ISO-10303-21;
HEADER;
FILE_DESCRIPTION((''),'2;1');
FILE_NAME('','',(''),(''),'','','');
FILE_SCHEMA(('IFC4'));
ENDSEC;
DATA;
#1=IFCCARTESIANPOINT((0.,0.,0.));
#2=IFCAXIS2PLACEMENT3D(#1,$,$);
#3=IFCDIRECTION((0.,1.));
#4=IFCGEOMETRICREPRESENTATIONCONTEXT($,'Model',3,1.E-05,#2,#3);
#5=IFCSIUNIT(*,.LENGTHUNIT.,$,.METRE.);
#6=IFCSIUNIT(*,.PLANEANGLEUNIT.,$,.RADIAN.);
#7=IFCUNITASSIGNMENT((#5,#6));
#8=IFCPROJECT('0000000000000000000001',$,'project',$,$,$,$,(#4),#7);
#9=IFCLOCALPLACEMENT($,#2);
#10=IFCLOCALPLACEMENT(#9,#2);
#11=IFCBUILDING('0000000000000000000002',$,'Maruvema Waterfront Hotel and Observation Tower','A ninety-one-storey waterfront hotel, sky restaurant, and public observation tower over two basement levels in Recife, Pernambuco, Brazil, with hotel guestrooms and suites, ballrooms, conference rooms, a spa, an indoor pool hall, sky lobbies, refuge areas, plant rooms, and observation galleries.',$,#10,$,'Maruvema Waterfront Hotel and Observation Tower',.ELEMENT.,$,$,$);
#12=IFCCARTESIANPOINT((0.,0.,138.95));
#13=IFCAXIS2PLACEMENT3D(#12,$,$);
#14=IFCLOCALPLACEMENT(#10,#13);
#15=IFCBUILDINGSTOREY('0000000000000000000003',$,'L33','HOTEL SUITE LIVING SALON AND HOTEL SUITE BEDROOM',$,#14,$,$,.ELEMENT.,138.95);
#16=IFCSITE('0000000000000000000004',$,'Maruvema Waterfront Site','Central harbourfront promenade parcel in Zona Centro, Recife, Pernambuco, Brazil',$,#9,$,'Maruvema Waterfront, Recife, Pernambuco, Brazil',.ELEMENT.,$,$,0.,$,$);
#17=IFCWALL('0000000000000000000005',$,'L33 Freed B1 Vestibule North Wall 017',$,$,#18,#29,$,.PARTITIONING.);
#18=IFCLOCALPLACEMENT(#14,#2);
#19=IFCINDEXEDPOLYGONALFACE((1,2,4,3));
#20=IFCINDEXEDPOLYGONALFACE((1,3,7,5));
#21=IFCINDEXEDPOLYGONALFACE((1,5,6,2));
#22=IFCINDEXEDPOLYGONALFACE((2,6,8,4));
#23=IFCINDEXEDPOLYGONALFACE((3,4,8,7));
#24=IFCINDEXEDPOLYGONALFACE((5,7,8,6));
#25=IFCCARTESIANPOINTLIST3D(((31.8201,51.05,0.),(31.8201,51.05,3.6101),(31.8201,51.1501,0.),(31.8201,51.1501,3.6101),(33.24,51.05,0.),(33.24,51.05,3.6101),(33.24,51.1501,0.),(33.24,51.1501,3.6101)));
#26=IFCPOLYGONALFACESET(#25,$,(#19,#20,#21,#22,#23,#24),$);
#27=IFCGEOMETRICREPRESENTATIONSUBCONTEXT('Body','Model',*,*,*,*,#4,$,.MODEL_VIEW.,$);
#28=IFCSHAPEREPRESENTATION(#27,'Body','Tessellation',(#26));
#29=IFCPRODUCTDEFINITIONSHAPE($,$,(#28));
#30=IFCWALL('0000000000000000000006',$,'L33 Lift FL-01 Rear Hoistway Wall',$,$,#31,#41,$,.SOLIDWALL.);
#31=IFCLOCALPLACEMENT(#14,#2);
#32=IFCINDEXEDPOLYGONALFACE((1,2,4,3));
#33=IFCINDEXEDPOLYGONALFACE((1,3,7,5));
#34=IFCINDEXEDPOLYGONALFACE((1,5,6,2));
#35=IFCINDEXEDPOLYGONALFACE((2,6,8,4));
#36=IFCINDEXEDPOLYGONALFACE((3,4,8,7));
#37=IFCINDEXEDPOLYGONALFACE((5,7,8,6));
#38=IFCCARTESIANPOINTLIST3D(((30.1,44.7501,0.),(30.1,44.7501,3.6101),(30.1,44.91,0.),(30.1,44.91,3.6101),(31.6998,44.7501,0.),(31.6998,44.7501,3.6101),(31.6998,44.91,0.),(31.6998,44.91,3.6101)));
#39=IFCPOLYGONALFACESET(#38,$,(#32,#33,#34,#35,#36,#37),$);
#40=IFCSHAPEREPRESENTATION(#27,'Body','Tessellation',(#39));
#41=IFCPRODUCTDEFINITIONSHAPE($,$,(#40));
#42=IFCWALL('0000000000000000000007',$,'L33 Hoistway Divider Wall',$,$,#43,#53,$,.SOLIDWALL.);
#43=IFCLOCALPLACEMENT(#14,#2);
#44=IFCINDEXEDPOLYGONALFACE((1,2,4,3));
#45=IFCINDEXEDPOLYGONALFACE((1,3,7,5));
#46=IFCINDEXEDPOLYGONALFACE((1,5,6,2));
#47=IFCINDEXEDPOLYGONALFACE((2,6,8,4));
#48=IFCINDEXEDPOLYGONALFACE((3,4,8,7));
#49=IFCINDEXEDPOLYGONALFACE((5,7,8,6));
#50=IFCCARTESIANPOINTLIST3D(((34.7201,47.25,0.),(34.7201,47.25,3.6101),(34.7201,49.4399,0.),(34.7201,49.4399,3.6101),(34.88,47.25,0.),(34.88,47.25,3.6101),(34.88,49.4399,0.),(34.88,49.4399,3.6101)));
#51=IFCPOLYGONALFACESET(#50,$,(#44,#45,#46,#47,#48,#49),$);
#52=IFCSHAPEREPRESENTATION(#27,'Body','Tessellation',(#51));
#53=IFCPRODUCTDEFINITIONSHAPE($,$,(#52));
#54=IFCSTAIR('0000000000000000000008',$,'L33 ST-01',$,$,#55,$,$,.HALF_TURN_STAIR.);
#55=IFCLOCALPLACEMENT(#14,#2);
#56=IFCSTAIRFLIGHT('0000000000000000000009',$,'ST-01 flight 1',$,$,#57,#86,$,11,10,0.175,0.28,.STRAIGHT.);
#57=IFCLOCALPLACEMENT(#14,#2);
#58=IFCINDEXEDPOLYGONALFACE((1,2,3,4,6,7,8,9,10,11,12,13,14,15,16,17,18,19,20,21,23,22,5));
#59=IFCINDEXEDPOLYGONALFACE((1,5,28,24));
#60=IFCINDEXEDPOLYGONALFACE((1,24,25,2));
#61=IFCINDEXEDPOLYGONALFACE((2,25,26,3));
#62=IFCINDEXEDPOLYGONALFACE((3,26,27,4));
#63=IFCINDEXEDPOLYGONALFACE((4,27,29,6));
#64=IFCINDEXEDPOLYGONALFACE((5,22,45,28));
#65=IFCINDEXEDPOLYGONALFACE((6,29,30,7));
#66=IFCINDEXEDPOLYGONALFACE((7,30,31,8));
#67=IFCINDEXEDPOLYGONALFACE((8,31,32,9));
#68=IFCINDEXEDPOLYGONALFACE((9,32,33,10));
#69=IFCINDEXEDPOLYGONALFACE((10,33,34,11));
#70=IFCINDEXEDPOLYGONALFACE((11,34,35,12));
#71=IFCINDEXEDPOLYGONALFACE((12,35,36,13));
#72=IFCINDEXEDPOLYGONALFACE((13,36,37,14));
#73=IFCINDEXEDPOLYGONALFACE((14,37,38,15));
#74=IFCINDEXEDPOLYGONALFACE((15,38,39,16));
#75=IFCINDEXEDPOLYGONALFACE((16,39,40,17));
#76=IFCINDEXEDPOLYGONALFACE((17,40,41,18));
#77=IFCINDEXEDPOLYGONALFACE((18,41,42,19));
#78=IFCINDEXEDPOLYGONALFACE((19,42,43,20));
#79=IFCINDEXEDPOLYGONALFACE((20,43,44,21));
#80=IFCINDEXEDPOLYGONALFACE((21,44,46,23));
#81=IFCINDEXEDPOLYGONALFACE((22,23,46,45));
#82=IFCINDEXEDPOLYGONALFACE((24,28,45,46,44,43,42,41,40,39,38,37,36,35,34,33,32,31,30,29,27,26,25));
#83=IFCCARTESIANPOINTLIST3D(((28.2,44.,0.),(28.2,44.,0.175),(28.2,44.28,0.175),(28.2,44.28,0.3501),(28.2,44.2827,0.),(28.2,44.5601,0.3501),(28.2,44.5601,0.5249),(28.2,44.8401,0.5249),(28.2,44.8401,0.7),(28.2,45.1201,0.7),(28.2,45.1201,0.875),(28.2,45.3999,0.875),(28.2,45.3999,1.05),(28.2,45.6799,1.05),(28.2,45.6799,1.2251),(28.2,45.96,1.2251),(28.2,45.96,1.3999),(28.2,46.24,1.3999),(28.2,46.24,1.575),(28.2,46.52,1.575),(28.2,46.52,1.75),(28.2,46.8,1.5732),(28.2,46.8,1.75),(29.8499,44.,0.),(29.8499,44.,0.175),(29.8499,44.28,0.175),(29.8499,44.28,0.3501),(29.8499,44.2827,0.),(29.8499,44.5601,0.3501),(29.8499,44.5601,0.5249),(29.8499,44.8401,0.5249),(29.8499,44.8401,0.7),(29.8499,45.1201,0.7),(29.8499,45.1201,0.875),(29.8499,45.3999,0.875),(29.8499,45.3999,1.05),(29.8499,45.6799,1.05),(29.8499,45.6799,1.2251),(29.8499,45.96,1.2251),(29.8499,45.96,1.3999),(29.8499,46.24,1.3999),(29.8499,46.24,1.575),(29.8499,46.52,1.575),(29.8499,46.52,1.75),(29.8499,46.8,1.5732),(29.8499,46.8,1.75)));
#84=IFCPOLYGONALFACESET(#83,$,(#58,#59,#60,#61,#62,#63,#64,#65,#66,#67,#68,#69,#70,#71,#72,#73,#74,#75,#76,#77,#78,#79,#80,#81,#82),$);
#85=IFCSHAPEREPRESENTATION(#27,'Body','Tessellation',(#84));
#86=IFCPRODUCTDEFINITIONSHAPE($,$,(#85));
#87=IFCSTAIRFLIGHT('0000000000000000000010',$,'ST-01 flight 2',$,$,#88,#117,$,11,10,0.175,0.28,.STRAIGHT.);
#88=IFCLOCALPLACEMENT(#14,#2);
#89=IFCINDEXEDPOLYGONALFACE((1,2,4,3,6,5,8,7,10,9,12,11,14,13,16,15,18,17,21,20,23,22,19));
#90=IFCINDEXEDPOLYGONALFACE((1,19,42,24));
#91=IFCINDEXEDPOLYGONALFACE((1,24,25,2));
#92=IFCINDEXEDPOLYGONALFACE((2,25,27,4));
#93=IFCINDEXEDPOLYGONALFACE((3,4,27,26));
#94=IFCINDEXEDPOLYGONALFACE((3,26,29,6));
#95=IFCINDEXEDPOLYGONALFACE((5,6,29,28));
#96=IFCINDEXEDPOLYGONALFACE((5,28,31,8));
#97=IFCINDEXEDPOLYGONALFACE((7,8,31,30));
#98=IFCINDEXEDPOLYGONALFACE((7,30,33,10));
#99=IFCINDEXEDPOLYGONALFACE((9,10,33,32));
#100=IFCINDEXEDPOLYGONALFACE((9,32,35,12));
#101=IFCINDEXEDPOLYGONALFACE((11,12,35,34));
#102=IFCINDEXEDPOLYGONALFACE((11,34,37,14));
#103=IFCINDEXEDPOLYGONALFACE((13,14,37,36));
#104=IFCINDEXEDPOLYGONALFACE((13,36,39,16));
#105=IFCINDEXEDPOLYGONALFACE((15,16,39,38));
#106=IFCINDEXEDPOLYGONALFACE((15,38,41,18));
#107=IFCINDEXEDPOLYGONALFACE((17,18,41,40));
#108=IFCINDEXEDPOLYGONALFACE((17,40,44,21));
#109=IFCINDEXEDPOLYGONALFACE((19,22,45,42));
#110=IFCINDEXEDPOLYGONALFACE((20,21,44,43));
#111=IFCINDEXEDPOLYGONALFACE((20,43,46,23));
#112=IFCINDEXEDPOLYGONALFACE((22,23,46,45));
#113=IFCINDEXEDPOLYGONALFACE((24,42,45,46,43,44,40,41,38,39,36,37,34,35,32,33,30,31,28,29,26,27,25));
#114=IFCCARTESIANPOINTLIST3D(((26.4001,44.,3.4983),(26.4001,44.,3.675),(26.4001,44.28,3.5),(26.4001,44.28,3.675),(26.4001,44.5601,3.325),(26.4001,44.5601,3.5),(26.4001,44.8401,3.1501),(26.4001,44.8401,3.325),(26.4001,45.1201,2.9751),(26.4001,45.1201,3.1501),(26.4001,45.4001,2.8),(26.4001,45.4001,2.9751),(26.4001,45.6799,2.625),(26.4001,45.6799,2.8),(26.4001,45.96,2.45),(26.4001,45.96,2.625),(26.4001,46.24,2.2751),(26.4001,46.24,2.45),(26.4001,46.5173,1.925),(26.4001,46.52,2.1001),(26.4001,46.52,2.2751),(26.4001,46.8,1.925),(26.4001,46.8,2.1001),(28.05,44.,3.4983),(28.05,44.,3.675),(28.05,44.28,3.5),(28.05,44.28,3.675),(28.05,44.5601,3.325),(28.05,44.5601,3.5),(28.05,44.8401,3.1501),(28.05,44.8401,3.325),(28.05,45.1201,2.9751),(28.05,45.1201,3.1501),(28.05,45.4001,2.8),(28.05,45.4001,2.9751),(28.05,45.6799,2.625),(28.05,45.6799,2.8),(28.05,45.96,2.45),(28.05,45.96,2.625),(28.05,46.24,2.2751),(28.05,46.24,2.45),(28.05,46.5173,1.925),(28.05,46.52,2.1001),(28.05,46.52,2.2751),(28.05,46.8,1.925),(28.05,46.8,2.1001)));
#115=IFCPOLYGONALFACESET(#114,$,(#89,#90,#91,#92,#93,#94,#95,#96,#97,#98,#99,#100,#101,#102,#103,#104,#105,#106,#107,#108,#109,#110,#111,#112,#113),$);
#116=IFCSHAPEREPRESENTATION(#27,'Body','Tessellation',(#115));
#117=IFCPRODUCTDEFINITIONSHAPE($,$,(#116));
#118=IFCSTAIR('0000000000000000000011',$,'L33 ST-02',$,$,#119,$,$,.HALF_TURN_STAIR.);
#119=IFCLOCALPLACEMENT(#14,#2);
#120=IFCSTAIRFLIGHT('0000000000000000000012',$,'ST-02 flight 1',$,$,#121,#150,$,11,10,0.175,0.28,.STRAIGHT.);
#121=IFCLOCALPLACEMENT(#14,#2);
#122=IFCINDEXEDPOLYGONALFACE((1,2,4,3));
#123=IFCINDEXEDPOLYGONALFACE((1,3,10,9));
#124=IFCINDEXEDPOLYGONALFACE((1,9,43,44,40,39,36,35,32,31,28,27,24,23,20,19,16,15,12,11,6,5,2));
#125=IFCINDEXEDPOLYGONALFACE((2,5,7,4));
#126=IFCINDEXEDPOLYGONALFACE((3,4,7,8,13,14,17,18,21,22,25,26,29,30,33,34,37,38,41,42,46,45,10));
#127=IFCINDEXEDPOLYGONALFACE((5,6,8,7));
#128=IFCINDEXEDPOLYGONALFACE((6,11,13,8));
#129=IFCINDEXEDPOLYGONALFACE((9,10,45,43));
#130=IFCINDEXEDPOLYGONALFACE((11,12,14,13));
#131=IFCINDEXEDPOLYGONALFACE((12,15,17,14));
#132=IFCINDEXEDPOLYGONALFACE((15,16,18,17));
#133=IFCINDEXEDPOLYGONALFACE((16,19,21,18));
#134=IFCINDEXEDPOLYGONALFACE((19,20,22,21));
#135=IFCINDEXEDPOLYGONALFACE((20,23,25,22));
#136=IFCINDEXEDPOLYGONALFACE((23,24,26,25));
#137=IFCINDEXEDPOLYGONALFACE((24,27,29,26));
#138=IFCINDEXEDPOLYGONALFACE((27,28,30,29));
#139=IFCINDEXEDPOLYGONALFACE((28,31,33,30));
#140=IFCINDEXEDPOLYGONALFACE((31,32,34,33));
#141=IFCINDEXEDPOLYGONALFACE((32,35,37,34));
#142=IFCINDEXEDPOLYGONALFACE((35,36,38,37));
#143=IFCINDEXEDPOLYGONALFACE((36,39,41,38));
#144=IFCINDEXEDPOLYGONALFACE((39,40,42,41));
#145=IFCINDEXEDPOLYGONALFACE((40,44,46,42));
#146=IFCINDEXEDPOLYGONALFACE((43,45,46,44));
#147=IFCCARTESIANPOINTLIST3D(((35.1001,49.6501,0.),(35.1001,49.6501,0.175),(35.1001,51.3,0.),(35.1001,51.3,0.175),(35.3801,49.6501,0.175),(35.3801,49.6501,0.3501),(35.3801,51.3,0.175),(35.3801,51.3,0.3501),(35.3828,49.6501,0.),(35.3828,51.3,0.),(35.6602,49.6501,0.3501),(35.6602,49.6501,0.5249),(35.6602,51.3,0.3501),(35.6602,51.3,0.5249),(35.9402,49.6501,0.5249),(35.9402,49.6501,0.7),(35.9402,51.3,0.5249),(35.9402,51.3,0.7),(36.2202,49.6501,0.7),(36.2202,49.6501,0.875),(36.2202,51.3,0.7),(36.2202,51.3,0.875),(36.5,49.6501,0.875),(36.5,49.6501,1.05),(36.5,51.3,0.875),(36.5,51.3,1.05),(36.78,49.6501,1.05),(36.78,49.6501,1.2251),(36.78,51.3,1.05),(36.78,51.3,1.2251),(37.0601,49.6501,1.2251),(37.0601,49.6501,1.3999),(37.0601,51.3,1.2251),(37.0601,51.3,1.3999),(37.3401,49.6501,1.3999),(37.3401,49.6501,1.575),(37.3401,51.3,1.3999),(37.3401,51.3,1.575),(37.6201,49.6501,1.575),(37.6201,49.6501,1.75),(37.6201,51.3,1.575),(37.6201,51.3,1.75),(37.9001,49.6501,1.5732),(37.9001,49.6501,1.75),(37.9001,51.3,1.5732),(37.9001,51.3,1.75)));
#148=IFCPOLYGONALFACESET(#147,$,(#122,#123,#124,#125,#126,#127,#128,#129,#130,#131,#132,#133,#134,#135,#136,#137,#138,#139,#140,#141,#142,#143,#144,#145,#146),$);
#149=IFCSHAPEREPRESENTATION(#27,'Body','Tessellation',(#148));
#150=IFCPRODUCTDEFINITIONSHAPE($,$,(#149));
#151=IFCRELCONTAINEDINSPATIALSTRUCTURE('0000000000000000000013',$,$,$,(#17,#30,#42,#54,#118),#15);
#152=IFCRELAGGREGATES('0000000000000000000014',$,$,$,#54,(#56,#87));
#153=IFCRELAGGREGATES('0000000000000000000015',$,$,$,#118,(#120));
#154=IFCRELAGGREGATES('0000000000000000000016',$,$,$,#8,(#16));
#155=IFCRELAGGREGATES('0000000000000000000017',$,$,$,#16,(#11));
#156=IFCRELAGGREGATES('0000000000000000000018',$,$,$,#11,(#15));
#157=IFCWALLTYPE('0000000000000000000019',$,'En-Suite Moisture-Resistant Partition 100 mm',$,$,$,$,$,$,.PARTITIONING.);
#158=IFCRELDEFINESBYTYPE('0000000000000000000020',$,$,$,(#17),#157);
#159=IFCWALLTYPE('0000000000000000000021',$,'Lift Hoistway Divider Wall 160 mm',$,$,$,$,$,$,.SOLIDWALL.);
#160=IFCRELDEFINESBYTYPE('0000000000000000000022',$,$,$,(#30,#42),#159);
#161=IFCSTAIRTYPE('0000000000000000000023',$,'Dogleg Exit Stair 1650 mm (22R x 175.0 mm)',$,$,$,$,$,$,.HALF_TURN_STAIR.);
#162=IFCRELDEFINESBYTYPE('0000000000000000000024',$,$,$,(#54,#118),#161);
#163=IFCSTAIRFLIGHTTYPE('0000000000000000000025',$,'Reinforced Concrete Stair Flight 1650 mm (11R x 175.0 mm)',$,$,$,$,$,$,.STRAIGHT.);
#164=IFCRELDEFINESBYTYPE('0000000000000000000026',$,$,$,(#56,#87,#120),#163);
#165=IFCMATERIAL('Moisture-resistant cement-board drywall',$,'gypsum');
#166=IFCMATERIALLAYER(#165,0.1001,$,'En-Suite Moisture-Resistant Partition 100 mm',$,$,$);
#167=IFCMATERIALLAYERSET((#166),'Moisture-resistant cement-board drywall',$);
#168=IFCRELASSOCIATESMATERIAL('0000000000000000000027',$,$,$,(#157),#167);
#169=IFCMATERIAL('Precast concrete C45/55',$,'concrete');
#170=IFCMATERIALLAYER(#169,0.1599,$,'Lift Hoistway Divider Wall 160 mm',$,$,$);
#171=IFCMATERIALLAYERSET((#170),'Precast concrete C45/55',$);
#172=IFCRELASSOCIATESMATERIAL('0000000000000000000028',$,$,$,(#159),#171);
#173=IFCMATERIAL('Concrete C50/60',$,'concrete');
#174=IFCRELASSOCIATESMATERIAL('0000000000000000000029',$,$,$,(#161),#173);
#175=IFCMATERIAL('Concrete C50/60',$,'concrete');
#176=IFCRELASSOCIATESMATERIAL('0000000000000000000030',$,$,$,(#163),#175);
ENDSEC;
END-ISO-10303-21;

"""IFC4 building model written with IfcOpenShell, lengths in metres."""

from ifc_helpers import new_model, si_unit, direction, frame, frame_2d, origin, place, context, subcontext, project, spatial, polyline, rectangle, outline, extrude, material, layer, layer_set, type_object, element, aggregate, save


model = new_model("IFC4")

# Units and contexts
model_context = context("Model", 3, precision=1e-05, world=origin(), true_north=direction((0.0, 1.0)))
body_context = subcontext(model_context, "Body", "Model", "MODEL_VIEW")
ifc_project = project(units=[si_unit("LENGTHUNIT", "METRE"), si_unit("PLANEANGLEUNIT", "RADIAN")], contexts=[model_context])

# Site, building, storey
site_placement = place(None, origin())
site = spatial("IfcSite", under=ifc_project, at=site_placement, Name="Maruvema Waterfront Site", Description="Central harbourfront promenade parcel in Zona Centro, Recife, Pernambuco, Brazil", LongName="Maruvema Waterfront, Recife, Pernambuco, Brazil", CompositionType="ELEMENT", RefElevation=0.0)
building_placement = place(site_placement, origin())
building = spatial("IfcBuilding", under=site, at=building_placement, Name="Maruvema Waterfront Hotel and Observation Tower", Description="A ninety-one-storey waterfront hotel, sky restaurant, and public observation tower over two basement levels in Recife, Pernambuco, Brazil, with hotel guestrooms and suites, ballrooms, conference rooms, a spa, an indoor pool hall, sky lobbies, refuge areas, plant rooms, and observation galleries.", LongName="Maruvema Waterfront Hotel and Observation Tower", CompositionType="ELEMENT")
storey_placement = place(building_placement, frame((0.0, 0.0, 138.95)))
storey = spatial("IfcBuildingStorey", under=building, at=storey_placement, Name="L33", Description="HOTEL SUITE LIVING SALON AND HOTEL SUITE BEDROOM", CompositionType="ELEMENT", Elevation=138.95)

# Shared definitions
ifc_material_1 = material(Name="Moisture-resistant cement-board drywall", Category="gypsum")
ifc_layer_1 = layer(ifc_material_1, 0.1001, Name="En-Suite Moisture-Resistant Partition 100 mm")
ifc_layer_set_1 = layer_set([ifc_layer_1], Name="Moisture-resistant cement-board drywall")
wall_type_1 = type_object("IfcWallType", Name="En-Suite Moisture-Resistant Partition 100 mm", PredefinedType="PARTITIONING", material=ifc_layer_set_1)

# Walls
wall_1_placement = place(storey_placement, frame((31.8201, 51.1001, 0.0), z_axis=(0.0, 0.0, 1.0), x_axis=(1.0, 0.0, 0.0)))
element("IfcWall", 1, at=wall_1_placement, inside=storey, type_object=wall_type_1, Name="L33 Freed B1 Vestibule North Wall 017", PredefinedType="PARTITIONING", context=body_context, shape_type="SweptSolid", body=[
    extrude(rectangle(XDim=1.4199, YDim=0.1001, at=frame_2d((0.71, 0.0))), origin(), (0.0, 0.0, 1.0), 3.6101),
])
ifc_material_2 = material(Name="Precast concrete C45/55", Category="concrete")
ifc_layer_2 = layer(ifc_material_2, 0.1599, Name="Lift Hoistway Divider Wall 160 mm")
ifc_layer_set_2 = layer_set([ifc_layer_2], Name="Precast concrete C45/55")
wall_type_2 = type_object("IfcWallType", Name="Lift Hoistway Divider Wall 160 mm", PredefinedType="SOLIDWALL", material=ifc_layer_set_2)
wall_2_placement = place(storey_placement, frame((30.1001, 44.8301, 0.0), z_axis=(0.0, 0.0, 1.0), x_axis=(1.0, 0.0, 0.0)))
element("IfcWall", 2, at=wall_2_placement, inside=storey, type_object=wall_type_2, Name="L33 Lift FL-01 Rear Hoistway Wall", PredefinedType="SOLIDWALL", context=body_context, shape_type="SweptSolid", body=[
    extrude(rectangle(XDim=1.5999, YDim=0.1599, at=frame_2d((0.7998, 0.0))), origin(), (0.0, 0.0, 1.0), 3.6101),
])
wall_3_placement = place(storey_placement, frame((34.8, 47.25, 0.0), z_axis=(0.0, 0.0, 1.0), x_axis=(0.0, 1.0, 0.0)))
element("IfcWall", 3, at=wall_3_placement, inside=storey, type_object=wall_type_2, Name="L33 Hoistway Divider Wall", PredefinedType="SOLIDWALL", context=body_context, shape_type="SweptSolid", body=[
    extrude(rectangle(XDim=2.1899, YDim=0.1599, at=frame_2d((1.095, 0.0))), origin(), (0.0, 0.0, 1.0), 3.6101),
])

# Stair, stair flights
ifc_material_3 = material(Name="Concrete C50/60", Category="concrete")
stair_type = type_object("IfcStairType", Name="Dogleg Exit Stair 1650 mm (22R x 175.0 mm)", PredefinedType="HALF_TURN_STAIR", material=ifc_material_3)
stair_1_placement = place(storey_placement, origin())
stair_1 = element("IfcStair", 4, at=stair_1_placement, inside=storey, type_object=stair_type, Name="L33 ST-01", PredefinedType="HALF_TURN_STAIR")
ifc_material_4 = material(Name="Concrete C50/60", Category="concrete")
stair_flight_type = type_object("IfcStairFlightType", Name="Reinforced Concrete Stair Flight 1650 mm (11R x 175.0 mm)", PredefinedType="STRAIGHT", material=ifc_material_4)
stair_flight_1_placement = place(storey_placement, frame((29.0249, 44.0, 0.0), z_axis=(0.0, 0.0, 1.0), x_axis=(0.0, 1.0, 0.0)))
stair_flight_1 = element("IfcStairFlight", 5, at=stair_flight_1_placement, type_object=stair_flight_type, Name="ST-01 flight 1", NumberOfRisers=11, NumberOfTreads=10, PredefinedType="STRAIGHT", RiserHeight=0.175, TreadLength=0.28, context=body_context, shape_type="SweptSolid", body=[
    extrude(outline(polyline([(0.0, 0.0), (0.0, 0.175), (0.28, 0.175), (0.28, 0.3501), (0.5601, 0.3501), (0.5601, 0.5249), (0.8401, 0.5249), (0.8401, 0.7), (1.1201, 0.7), (1.1201, 0.875), (1.3999, 0.875), (1.3999, 1.05), (1.6799, 1.05), (1.6799, 1.2251), (1.96, 1.2251), (1.96, 1.3999), (2.24, 1.3999), (2.24, 1.575), (2.52, 1.575), (2.52, 1.75), (2.8, 1.75), (2.8, 1.925), (2.8, 1.5732), (0.2827, 0.0), (0.0, 0.0)])), frame((0.0, 0.825, 0.0), z_axis=(0.0, -1.0, 0.0), x_axis=(1.0, 0.0, 0.0)), (0.0, 0.0, 1.0), 1.6499),
])
stair_flight_2_placement = place(storey_placement, frame((27.2251, 46.8, 1.925), z_axis=(0.0, 0.0, 1.0), x_axis=(0.0, -1.0, 0.0)))
stair_flight_2 = element("IfcStairFlight", 6, at=stair_flight_2_placement, type_object=stair_flight_type, Name="ST-01 flight 2", NumberOfRisers=11, NumberOfTreads=10, PredefinedType="STRAIGHT", RiserHeight=0.175, TreadLength=0.28, context=body_context, shape_type="SweptSolid", body=[
    extrude(outline(polyline([(0.0, 0.0), (0.0, 0.175), (0.28, 0.175), (0.28, 0.3501), (0.5601, 0.3501), (0.5601, 0.5249), (0.8401, 0.5249), (0.8401, 0.7), (1.1201, 0.7), (1.1201, 0.875), (1.3999, 0.875), (1.3999, 1.05), (1.6799, 1.05), (1.6799, 1.2251), (1.96, 1.2251), (1.96, 1.3999), (2.24, 1.3999), (2.24, 1.575), (2.52, 1.575), (2.52, 1.75), (2.8, 1.75), (2.8, 1.925), (2.8, 1.5732), (0.2827, 0.0), (0.0, 0.0)])), frame((0.0, 0.825, 0.0), z_axis=(0.0, -1.0, 0.0), x_axis=(1.0, 0.0, 0.0)), (0.0, 0.0, 1.0), 1.6499),
])
aggregate(stair_1, [stair_flight_1, stair_flight_2])

# Stair, stair flight
stair_2_placement = place(storey_placement, origin())
stair_2 = element("IfcStair", 7, at=stair_2_placement, inside=storey, type_object=stair_type, Name="L33 ST-02", PredefinedType="HALF_TURN_STAIR")
stair_flight_3_placement = place(storey_placement, frame((35.1001, 50.4751, 0.0), z_axis=(0.0, 0.0, 1.0), x_axis=(1.0, 0.0, 0.0)))
stair_flight_3 = element("IfcStairFlight", 8, at=stair_flight_3_placement, type_object=stair_flight_type, Name="ST-02 flight 1", NumberOfRisers=11, NumberOfTreads=10, PredefinedType="STRAIGHT", RiserHeight=0.175, TreadLength=0.28, context=body_context, shape_type="SweptSolid", body=[
    extrude(outline(polyline([(0.0, 0.0), (0.0, 0.175), (0.28, 0.175), (0.28, 0.3501), (0.5601, 0.3501), (0.5601, 0.5249), (0.8401, 0.5249), (0.8401, 0.7), (1.1201, 0.7), (1.1201, 0.875), (1.3999, 0.875), (1.3999, 1.05), (1.6799, 1.05), (1.6799, 1.2251), (1.96, 1.2251), (1.96, 1.3999), (2.24, 1.3999), (2.24, 1.575), (2.52, 1.575), (2.52, 1.75), (2.8, 1.75), (2.8, 1.925), (2.8, 1.5732), (0.2827, 0.0), (0.0, 0.0)])), frame((0.0, 0.825, 0.0), z_axis=(0.0, -1.0, 0.0), x_axis=(1.0, 0.0, 0.0)), (0.0, 0.0, 1.0), 1.6499),
])
aggregate(stair_2, [stair_flight_3])

save(model, "model.ifc")
